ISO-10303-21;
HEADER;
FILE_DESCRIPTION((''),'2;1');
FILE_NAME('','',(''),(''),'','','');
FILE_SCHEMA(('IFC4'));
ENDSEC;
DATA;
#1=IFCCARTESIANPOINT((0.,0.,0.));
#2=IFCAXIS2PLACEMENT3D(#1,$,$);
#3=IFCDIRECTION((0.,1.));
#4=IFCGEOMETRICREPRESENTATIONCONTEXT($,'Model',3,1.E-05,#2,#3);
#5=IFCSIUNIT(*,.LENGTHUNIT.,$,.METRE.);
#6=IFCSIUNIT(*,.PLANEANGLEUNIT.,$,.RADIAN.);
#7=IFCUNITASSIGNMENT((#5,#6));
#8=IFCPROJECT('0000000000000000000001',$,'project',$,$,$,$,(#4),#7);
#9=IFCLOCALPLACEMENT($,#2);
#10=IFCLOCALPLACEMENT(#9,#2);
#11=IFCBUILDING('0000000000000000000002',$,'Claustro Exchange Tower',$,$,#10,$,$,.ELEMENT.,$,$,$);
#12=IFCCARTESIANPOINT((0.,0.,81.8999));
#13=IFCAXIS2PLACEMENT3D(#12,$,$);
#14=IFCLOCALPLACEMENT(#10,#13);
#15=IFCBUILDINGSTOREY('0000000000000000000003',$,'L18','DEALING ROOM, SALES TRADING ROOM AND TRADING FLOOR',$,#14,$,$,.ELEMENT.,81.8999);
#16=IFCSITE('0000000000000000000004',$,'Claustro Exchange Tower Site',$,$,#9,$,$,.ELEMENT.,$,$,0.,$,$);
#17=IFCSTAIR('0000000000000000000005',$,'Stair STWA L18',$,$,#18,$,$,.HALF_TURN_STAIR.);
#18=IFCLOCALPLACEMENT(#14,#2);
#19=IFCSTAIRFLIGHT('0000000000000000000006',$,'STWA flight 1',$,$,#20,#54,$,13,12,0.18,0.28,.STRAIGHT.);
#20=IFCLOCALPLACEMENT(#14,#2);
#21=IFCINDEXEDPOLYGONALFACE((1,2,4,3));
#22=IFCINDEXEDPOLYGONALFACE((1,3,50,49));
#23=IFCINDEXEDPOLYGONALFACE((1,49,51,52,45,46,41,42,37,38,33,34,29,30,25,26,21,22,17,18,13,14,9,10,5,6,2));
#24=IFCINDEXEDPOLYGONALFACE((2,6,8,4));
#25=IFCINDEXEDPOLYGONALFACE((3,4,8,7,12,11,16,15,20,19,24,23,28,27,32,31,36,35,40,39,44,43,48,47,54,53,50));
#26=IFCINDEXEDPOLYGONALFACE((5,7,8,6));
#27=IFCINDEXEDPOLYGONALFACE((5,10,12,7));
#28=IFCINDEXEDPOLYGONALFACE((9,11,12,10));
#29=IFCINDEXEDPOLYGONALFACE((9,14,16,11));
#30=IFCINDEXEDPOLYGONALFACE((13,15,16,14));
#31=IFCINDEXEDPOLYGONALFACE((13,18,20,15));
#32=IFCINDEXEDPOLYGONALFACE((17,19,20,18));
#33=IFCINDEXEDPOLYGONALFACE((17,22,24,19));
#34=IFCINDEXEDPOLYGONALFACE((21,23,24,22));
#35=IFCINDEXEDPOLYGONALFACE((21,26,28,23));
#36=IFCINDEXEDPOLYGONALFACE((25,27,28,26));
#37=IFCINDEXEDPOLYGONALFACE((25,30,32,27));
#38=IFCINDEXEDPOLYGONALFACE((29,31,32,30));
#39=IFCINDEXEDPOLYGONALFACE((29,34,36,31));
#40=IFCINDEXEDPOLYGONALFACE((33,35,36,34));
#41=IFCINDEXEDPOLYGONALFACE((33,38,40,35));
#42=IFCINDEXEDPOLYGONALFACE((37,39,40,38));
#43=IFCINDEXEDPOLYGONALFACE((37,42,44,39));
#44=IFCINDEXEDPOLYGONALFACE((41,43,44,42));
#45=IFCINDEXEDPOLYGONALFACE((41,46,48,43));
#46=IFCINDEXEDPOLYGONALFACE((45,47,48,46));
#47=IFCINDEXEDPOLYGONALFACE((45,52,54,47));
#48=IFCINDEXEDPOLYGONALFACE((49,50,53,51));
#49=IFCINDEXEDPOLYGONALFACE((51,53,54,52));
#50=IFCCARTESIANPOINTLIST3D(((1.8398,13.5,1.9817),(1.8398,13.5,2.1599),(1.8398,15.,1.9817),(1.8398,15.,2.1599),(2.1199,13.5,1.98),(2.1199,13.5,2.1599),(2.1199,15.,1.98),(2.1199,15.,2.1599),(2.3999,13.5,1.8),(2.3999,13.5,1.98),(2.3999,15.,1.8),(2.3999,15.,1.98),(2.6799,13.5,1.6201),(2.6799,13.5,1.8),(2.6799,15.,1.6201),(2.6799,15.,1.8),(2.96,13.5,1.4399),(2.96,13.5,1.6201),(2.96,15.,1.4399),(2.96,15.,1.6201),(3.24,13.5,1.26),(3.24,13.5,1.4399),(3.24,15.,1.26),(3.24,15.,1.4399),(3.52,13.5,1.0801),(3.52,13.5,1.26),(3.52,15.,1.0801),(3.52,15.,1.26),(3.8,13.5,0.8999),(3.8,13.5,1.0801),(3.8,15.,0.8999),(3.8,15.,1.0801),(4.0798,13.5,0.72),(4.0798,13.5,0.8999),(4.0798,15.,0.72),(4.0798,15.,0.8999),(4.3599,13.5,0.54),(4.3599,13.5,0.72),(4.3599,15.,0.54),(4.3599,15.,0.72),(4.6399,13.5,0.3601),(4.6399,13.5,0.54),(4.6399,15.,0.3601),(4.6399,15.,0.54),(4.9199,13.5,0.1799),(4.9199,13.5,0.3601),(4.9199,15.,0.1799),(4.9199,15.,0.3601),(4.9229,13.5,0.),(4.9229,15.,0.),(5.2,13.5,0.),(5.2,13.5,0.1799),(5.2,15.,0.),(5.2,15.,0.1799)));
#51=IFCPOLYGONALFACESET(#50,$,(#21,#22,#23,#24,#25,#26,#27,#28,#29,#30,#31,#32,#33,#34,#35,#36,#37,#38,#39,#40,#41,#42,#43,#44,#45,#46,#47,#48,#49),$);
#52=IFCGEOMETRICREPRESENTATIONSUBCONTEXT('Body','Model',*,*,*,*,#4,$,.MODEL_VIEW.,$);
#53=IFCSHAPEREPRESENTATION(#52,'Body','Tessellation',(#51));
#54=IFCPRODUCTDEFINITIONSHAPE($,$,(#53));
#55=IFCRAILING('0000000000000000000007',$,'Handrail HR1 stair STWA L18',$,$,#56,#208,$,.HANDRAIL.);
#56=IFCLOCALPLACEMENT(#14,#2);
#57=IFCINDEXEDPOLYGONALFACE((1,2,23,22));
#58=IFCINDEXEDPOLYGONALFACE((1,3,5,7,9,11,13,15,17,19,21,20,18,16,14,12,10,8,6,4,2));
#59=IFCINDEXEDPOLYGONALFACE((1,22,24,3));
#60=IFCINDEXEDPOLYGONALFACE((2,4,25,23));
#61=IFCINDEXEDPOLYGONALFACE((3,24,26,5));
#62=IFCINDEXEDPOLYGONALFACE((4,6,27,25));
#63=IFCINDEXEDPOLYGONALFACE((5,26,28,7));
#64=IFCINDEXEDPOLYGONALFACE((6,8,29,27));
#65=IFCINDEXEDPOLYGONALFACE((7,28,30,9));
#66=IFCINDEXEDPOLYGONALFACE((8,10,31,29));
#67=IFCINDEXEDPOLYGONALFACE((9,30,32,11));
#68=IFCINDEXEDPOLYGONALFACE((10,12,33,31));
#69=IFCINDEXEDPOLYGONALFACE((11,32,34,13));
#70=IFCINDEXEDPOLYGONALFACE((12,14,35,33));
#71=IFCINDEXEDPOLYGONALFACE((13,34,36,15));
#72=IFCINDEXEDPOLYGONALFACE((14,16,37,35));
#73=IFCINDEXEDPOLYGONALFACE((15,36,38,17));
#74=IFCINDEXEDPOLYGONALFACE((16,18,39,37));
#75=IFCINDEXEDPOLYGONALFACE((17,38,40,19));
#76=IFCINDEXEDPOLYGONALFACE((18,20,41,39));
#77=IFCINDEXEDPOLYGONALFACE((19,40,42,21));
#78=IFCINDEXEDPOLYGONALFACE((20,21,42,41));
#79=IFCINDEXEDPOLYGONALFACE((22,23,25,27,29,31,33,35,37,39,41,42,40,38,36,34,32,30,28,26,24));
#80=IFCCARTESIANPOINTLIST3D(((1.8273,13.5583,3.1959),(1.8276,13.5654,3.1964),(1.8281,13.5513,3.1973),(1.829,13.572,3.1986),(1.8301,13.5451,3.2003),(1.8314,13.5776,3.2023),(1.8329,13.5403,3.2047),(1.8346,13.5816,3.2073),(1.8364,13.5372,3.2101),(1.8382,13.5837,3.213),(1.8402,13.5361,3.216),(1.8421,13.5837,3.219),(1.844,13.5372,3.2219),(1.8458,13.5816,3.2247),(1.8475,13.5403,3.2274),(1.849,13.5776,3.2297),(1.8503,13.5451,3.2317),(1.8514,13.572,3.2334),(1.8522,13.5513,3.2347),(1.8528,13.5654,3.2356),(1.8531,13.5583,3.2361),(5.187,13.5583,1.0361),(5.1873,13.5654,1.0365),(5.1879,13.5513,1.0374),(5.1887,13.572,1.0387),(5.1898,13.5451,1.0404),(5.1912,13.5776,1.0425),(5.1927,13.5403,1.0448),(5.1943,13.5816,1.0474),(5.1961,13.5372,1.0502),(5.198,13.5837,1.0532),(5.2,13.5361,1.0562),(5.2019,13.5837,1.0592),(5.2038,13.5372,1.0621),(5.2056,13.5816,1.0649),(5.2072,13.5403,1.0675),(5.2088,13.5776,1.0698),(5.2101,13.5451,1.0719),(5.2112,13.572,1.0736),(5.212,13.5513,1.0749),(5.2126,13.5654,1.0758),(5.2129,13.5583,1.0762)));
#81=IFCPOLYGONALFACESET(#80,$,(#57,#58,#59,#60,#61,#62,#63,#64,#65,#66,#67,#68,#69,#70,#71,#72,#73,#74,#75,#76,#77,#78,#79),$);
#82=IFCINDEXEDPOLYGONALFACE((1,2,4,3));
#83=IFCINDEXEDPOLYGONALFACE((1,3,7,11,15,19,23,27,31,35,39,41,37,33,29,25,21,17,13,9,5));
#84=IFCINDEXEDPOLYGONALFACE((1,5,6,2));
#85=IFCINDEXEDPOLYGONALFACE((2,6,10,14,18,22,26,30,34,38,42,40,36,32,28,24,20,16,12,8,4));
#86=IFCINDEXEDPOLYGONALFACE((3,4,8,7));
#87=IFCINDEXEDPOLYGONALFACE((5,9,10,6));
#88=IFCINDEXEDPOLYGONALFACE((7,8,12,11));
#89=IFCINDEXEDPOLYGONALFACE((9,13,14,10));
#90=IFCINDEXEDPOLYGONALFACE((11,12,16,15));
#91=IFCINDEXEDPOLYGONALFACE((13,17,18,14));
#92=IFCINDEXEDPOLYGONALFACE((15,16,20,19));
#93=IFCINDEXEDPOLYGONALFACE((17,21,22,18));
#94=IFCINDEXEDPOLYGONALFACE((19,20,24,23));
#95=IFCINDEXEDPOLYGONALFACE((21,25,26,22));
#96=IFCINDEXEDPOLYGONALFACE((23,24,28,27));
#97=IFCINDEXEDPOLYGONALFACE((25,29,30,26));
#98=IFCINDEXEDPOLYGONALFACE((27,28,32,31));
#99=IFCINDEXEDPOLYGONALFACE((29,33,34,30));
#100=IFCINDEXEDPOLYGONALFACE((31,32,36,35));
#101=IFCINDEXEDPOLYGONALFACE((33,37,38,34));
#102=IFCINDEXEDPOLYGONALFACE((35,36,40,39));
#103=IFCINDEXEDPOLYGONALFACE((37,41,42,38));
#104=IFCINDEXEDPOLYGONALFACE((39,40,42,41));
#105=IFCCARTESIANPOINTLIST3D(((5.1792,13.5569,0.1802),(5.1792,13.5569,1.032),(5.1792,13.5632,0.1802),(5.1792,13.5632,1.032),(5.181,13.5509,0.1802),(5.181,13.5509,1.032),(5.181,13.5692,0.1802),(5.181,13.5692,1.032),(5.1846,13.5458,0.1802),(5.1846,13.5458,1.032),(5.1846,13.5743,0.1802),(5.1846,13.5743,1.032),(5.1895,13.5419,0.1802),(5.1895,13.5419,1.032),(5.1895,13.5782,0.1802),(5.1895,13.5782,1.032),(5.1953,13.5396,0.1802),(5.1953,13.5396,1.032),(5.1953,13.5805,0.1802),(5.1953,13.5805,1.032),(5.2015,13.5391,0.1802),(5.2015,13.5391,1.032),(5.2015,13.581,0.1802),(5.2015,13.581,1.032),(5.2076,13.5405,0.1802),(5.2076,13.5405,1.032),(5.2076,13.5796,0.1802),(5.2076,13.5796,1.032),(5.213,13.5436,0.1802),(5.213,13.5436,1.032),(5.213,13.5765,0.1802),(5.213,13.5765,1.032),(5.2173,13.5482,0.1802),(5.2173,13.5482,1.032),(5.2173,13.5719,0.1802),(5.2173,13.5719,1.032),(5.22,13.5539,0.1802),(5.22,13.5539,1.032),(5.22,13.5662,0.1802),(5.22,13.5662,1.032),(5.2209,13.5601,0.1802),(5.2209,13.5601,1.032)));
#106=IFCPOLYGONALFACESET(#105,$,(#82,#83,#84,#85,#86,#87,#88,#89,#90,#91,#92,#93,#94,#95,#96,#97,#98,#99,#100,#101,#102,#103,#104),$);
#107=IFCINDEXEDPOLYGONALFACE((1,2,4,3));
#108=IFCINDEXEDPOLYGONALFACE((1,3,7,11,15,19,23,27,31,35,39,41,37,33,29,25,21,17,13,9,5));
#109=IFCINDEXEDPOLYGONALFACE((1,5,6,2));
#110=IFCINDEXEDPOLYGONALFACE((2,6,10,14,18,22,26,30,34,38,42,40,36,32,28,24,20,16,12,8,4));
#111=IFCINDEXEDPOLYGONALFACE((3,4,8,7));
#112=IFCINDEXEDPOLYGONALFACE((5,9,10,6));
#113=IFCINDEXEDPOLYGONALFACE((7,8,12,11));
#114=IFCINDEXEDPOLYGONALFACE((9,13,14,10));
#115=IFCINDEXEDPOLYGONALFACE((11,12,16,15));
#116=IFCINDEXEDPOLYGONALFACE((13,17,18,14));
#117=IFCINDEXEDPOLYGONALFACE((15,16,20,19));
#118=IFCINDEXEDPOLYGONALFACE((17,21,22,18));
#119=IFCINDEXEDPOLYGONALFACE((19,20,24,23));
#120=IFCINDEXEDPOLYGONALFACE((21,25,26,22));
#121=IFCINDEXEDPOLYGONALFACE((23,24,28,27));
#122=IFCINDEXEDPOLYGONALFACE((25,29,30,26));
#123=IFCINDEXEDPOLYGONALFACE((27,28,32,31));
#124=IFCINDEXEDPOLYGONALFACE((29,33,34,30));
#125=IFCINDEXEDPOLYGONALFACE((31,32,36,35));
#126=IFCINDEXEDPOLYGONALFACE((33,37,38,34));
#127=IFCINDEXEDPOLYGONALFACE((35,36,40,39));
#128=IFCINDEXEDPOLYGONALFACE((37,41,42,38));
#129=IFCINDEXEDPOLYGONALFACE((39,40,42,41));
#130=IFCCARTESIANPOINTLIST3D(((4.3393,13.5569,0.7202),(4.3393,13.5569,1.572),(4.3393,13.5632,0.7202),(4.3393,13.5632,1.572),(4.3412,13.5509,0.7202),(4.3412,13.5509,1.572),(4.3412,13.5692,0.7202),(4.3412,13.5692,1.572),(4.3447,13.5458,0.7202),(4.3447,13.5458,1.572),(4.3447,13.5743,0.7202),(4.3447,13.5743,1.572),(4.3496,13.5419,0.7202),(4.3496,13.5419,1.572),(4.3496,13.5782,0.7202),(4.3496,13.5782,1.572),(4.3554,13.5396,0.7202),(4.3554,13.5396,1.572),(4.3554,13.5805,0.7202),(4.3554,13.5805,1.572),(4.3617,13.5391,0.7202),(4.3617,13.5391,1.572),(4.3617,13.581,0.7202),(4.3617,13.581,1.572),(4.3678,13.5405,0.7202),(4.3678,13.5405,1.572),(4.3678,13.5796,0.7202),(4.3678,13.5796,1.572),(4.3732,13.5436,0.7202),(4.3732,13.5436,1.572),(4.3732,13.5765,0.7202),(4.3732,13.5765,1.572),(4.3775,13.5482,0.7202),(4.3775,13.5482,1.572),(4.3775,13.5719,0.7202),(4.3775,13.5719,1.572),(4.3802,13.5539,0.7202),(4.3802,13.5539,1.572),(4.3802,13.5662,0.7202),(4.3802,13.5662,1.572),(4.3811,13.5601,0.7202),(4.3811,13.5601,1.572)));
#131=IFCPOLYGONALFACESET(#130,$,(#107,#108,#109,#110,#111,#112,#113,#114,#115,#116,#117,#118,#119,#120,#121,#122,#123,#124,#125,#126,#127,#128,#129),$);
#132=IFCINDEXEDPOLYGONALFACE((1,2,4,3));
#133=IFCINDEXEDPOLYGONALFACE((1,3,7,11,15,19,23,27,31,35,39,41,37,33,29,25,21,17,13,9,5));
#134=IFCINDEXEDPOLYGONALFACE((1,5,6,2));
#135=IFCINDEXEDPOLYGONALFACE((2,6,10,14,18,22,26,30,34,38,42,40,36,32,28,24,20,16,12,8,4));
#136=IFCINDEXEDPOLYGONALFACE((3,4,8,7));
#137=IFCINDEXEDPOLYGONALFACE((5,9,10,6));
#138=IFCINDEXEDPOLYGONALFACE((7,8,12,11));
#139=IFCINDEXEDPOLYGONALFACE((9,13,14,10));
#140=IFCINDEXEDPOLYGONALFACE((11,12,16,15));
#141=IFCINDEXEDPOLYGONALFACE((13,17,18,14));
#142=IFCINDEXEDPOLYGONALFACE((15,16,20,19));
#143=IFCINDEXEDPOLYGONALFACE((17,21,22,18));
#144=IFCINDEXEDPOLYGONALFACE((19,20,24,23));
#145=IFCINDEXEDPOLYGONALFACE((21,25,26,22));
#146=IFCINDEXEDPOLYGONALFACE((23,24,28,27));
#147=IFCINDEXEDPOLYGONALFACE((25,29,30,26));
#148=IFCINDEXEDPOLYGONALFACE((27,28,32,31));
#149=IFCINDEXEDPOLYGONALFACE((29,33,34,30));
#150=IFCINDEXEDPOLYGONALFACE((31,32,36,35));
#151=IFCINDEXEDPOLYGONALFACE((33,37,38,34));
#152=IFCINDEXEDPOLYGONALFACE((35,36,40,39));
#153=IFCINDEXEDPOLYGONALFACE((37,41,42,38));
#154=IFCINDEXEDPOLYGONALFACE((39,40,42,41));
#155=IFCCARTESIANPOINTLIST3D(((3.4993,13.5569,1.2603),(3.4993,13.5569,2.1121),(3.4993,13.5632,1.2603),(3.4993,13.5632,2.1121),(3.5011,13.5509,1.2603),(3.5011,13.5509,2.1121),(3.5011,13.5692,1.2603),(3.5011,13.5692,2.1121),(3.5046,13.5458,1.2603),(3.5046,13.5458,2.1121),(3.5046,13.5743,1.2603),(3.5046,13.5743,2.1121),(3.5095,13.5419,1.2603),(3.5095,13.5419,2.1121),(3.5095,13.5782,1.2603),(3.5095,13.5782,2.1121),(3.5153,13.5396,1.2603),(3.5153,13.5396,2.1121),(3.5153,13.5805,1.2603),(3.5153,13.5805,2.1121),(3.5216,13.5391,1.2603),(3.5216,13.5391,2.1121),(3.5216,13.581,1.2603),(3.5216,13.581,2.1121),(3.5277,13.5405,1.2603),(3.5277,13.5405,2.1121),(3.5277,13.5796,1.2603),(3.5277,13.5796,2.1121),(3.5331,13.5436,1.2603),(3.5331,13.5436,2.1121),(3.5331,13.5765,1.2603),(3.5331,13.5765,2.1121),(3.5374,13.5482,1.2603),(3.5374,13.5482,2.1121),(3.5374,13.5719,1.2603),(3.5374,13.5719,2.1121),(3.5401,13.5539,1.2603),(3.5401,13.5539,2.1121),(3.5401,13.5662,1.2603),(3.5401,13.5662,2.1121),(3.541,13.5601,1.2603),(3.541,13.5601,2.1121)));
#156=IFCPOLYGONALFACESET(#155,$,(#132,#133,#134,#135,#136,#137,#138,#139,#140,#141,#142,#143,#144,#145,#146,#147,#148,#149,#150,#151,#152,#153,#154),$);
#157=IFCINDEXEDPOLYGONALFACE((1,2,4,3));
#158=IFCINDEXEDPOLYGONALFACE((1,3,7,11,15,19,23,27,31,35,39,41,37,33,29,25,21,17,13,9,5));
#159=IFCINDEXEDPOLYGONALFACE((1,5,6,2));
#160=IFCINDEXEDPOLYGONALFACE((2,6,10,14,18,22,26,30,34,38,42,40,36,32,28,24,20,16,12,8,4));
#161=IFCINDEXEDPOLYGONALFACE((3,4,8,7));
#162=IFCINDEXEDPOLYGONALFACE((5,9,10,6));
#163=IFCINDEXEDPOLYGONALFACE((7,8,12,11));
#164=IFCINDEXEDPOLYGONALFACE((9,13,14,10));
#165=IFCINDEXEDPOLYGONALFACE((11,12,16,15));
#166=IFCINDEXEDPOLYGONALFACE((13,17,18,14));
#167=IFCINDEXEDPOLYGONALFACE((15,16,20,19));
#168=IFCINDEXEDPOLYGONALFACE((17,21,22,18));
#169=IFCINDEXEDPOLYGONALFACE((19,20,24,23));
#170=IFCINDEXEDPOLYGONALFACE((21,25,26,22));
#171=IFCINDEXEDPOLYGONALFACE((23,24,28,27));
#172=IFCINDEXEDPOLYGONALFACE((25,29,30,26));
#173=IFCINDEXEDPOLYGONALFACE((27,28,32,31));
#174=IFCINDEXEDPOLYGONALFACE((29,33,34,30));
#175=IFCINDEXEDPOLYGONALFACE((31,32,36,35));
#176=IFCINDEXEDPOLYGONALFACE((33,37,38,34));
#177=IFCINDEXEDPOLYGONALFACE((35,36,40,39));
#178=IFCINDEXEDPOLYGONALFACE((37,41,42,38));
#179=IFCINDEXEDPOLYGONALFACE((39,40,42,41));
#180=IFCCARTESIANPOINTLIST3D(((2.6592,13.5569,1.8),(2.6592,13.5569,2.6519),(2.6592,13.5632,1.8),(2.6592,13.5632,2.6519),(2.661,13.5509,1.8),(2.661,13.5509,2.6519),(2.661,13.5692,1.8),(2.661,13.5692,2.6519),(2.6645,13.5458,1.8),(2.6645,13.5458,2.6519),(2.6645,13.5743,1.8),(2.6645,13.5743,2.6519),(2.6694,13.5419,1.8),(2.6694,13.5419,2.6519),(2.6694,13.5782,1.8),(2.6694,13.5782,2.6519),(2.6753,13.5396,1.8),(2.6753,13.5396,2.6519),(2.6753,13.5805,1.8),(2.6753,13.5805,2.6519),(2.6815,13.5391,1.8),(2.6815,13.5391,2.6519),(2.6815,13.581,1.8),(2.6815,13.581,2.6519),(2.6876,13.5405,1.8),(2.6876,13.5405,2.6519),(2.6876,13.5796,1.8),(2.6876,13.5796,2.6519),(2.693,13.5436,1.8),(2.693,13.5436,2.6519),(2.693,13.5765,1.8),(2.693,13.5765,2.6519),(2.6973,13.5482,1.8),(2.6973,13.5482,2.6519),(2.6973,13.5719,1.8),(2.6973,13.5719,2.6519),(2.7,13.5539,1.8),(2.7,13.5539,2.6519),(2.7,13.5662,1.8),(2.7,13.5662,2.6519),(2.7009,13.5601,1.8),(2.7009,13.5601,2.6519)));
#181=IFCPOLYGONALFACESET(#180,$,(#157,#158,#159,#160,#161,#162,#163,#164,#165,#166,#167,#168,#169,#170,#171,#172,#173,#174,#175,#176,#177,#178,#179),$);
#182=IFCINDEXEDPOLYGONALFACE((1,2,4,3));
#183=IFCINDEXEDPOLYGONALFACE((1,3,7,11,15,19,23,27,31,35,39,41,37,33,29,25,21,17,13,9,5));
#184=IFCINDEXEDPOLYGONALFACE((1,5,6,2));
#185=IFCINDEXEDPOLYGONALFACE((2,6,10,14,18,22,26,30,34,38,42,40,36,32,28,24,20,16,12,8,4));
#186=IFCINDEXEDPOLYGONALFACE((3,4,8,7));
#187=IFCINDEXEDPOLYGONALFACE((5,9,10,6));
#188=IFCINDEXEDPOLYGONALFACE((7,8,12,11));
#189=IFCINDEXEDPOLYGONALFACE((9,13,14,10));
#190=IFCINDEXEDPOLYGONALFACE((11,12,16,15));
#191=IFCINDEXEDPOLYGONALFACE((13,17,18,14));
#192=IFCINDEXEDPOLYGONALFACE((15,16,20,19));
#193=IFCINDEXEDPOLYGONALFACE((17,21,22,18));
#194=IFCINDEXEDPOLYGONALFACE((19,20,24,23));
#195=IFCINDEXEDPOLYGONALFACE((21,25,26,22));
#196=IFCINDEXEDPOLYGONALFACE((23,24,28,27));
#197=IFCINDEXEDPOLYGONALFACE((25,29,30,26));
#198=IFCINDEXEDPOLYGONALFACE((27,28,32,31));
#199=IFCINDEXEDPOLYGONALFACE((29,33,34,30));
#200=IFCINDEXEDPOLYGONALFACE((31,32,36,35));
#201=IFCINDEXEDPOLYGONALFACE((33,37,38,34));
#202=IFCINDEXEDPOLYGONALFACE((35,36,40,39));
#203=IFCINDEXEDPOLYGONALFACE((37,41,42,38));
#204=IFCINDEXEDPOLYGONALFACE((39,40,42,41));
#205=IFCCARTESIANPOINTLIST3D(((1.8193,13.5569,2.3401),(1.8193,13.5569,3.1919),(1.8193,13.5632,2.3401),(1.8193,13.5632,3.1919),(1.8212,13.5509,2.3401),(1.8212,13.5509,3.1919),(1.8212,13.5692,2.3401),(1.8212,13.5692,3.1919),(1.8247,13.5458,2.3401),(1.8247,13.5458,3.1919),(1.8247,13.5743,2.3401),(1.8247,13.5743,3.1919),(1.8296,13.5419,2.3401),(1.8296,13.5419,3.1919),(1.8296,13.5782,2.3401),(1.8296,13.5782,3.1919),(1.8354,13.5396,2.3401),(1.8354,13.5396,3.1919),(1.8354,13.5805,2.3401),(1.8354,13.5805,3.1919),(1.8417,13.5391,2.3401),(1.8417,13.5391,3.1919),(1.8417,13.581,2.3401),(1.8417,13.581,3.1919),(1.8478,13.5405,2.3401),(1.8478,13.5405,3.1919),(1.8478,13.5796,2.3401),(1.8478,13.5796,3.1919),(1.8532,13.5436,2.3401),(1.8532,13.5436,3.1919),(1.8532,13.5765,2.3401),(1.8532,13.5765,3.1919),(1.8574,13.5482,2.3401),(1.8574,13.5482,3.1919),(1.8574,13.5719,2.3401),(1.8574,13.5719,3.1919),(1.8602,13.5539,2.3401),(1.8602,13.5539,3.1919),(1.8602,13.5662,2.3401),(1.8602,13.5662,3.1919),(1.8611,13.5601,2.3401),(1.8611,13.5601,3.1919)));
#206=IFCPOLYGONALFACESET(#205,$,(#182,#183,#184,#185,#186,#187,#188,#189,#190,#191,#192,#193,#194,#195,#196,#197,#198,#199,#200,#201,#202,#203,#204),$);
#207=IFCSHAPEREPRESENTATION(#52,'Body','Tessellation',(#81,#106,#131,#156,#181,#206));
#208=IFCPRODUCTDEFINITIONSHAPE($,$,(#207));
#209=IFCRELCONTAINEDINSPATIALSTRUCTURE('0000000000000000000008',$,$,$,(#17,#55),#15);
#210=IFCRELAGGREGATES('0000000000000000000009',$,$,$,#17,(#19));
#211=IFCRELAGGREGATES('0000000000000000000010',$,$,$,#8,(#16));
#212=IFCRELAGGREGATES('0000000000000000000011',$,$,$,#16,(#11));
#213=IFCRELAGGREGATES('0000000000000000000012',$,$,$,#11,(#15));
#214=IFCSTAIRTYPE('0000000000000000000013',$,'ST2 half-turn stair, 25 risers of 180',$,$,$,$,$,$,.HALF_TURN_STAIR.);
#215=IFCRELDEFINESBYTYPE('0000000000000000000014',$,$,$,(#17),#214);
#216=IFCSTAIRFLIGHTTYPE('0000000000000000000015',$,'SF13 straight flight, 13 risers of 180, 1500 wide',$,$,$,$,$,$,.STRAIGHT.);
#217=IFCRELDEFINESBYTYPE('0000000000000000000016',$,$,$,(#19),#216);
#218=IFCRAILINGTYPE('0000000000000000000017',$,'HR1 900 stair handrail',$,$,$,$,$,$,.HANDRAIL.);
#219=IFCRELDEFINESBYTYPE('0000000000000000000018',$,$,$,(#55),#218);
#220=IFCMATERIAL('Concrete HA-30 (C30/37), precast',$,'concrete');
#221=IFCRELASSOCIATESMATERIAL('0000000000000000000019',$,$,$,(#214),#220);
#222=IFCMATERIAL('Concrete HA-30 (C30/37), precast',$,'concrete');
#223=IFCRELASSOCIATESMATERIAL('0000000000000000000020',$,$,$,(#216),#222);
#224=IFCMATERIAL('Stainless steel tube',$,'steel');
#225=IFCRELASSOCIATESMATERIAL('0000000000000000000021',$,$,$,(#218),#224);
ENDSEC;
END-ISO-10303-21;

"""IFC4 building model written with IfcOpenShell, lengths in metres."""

from ifc_helpers import new_model, si_unit, direction, frame, origin, origin_2d, place, context, subcontext, project, spatial, polyline, circle, outline, extrude, material, type_object, element, aggregate, save


model = new_model("IFC4")

# Units and contexts
model_context = context("Model", 3, precision=1e-05, world=origin(), true_north=direction((0.0, 1.0)))
body_context = subcontext(model_context, "Body", "Model", "MODEL_VIEW")
ifc_project = project(units=[si_unit("LENGTHUNIT", "METRE"), si_unit("PLANEANGLEUNIT", "RADIAN")], contexts=[model_context])

# Site, building, storey
site_placement = place(None, origin())
site = spatial("IfcSite", under=ifc_project, at=site_placement, Name="Claustro Exchange Tower Site", CompositionType="ELEMENT", RefElevation=0.0)
building_placement = place(site_placement, origin())
building = spatial("IfcBuilding", under=site, at=building_placement, Name="Claustro Exchange Tower", CompositionType="ELEMENT")
storey_placement = place(building_placement, frame((0.0, 0.0, 81.8999)))
storey = spatial("IfcBuildingStorey", under=building, at=storey_placement, Name="L18", Description="DEALING ROOM, SALES TRADING ROOM AND TRADING FLOOR", CompositionType="ELEMENT", Elevation=81.8999)

# Stair, stair flight
ifc_material_1 = material(Name="Concrete HA-30 (C30/37), precast", Category="concrete")
stair_type = type_object("IfcStairType", Name="ST2 half-turn stair, 25 risers of 180", PredefinedType="HALF_TURN_STAIR", material=ifc_material_1)
stair_placement = place(storey_placement, origin())
stair = element("IfcStair", 1, at=stair_placement, inside=storey, type_object=stair_type, Name="Stair STWA L18", PredefinedType="HALF_TURN_STAIR")
ifc_material_2 = material(Name="Concrete HA-30 (C30/37), precast", Category="concrete")
stair_flight_type = type_object("IfcStairFlightType", Name="SF13 straight flight, 13 risers of 180, 1500 wide", PredefinedType="STRAIGHT", material=ifc_material_2)
stair_flight_placement = place(storey_placement, frame((5.2, 14.25, 0.0), z_axis=(0.0, 0.0, 1.0), x_axis=(-1.0, 0.0, 0.0)))
stair_flight = element("IfcStairFlight", 2, at=stair_flight_placement, type_object=stair_flight_type, Name="STWA flight 1", NumberOfRisers=13, NumberOfTreads=12, PredefinedType="STRAIGHT", RiserHeight=0.18, TreadLength=0.28, context=body_context, shape_type="SweptSolid", body=[
    extrude(outline(polyline([(0.0, 0.0), (0.0, 0.1799), (0.28, 0.1799), (0.28, 0.3601), (0.5601, 0.3601), (0.5601, 0.54), (0.8401, 0.54), (0.8401, 0.72), (1.1201, 0.72), (1.1201, 0.8999), (1.3999, 0.8999), (1.3999, 1.0801), (1.6799, 1.0801), (1.6799, 1.26), (1.96, 1.26), (1.96, 1.4399), (2.24, 1.4399), (2.24, 1.6201), (2.52, 1.6201), (2.52, 1.8), (2.8, 1.8), (2.8, 1.98), (3.0801, 1.98), (3.0801, 2.1599), (3.3601, 2.1599), (3.3601, 2.3401), (3.3601, 1.9817), (0.2771, 0.0), (0.0, 0.0)])), frame((0.0, 0.75, 0.0), z_axis=(0.0, -1.0, 0.0), x_axis=(1.0, 0.0, 0.0)), (0.0, 0.0, 1.0), 1.5),
])
aggregate(stair, [stair_flight])

# Railing
ifc_material_3 = material(Name="Stainless steel tube", Category="steel")
railing_type = type_object("IfcRailingType", Name="HR1 900 stair handrail", PredefinedType="HANDRAIL", material=ifc_material_3)
railing_placement = place(storey_placement, frame((5.2, 13.5601, 0.1802)))
element("IfcRailing", 3, at=railing_placement, inside=storey, type_object=railing_type, Name="Handrail HR1 stair STWA L18", PredefinedType="HANDRAIL", context=body_context, shape_type="SweptSolid", body=[
    extrude(circle(Radius=0.0239, at=origin_2d()), frame((0.0, 0.0, 0.876), z_axis=(-0.841178, 0.0, 0.540758), x_axis=(0.0, -1.0, 0.0)), (0.0, 0.0, 1.0), 3.9941),
    extrude(circle(Radius=0.021, at=origin_2d()), origin(), (0.0, 0.0, 1.0), 0.8518),
    extrude(circle(Radius=0.021, at=origin_2d()), frame((-0.8398, 0.0, 0.54)), (0.0, 0.0, 1.0), 0.8518),
    extrude(circle(Radius=0.021, at=origin_2d()), frame((-1.6799, 0.0, 1.0801)), (0.0, 0.0, 1.0), 0.8518),
    extrude(circle(Radius=0.021, at=origin_2d()), frame((-2.52, 0.0, 1.6199)), (0.0, 0.0, 1.0), 0.8518),
    extrude(circle(Radius=0.021, at=origin_2d()), frame((-3.3599, 0.0, 2.1599)), (0.0, 0.0, 1.0), 0.8518),
])

save(model, "model.ifc")
